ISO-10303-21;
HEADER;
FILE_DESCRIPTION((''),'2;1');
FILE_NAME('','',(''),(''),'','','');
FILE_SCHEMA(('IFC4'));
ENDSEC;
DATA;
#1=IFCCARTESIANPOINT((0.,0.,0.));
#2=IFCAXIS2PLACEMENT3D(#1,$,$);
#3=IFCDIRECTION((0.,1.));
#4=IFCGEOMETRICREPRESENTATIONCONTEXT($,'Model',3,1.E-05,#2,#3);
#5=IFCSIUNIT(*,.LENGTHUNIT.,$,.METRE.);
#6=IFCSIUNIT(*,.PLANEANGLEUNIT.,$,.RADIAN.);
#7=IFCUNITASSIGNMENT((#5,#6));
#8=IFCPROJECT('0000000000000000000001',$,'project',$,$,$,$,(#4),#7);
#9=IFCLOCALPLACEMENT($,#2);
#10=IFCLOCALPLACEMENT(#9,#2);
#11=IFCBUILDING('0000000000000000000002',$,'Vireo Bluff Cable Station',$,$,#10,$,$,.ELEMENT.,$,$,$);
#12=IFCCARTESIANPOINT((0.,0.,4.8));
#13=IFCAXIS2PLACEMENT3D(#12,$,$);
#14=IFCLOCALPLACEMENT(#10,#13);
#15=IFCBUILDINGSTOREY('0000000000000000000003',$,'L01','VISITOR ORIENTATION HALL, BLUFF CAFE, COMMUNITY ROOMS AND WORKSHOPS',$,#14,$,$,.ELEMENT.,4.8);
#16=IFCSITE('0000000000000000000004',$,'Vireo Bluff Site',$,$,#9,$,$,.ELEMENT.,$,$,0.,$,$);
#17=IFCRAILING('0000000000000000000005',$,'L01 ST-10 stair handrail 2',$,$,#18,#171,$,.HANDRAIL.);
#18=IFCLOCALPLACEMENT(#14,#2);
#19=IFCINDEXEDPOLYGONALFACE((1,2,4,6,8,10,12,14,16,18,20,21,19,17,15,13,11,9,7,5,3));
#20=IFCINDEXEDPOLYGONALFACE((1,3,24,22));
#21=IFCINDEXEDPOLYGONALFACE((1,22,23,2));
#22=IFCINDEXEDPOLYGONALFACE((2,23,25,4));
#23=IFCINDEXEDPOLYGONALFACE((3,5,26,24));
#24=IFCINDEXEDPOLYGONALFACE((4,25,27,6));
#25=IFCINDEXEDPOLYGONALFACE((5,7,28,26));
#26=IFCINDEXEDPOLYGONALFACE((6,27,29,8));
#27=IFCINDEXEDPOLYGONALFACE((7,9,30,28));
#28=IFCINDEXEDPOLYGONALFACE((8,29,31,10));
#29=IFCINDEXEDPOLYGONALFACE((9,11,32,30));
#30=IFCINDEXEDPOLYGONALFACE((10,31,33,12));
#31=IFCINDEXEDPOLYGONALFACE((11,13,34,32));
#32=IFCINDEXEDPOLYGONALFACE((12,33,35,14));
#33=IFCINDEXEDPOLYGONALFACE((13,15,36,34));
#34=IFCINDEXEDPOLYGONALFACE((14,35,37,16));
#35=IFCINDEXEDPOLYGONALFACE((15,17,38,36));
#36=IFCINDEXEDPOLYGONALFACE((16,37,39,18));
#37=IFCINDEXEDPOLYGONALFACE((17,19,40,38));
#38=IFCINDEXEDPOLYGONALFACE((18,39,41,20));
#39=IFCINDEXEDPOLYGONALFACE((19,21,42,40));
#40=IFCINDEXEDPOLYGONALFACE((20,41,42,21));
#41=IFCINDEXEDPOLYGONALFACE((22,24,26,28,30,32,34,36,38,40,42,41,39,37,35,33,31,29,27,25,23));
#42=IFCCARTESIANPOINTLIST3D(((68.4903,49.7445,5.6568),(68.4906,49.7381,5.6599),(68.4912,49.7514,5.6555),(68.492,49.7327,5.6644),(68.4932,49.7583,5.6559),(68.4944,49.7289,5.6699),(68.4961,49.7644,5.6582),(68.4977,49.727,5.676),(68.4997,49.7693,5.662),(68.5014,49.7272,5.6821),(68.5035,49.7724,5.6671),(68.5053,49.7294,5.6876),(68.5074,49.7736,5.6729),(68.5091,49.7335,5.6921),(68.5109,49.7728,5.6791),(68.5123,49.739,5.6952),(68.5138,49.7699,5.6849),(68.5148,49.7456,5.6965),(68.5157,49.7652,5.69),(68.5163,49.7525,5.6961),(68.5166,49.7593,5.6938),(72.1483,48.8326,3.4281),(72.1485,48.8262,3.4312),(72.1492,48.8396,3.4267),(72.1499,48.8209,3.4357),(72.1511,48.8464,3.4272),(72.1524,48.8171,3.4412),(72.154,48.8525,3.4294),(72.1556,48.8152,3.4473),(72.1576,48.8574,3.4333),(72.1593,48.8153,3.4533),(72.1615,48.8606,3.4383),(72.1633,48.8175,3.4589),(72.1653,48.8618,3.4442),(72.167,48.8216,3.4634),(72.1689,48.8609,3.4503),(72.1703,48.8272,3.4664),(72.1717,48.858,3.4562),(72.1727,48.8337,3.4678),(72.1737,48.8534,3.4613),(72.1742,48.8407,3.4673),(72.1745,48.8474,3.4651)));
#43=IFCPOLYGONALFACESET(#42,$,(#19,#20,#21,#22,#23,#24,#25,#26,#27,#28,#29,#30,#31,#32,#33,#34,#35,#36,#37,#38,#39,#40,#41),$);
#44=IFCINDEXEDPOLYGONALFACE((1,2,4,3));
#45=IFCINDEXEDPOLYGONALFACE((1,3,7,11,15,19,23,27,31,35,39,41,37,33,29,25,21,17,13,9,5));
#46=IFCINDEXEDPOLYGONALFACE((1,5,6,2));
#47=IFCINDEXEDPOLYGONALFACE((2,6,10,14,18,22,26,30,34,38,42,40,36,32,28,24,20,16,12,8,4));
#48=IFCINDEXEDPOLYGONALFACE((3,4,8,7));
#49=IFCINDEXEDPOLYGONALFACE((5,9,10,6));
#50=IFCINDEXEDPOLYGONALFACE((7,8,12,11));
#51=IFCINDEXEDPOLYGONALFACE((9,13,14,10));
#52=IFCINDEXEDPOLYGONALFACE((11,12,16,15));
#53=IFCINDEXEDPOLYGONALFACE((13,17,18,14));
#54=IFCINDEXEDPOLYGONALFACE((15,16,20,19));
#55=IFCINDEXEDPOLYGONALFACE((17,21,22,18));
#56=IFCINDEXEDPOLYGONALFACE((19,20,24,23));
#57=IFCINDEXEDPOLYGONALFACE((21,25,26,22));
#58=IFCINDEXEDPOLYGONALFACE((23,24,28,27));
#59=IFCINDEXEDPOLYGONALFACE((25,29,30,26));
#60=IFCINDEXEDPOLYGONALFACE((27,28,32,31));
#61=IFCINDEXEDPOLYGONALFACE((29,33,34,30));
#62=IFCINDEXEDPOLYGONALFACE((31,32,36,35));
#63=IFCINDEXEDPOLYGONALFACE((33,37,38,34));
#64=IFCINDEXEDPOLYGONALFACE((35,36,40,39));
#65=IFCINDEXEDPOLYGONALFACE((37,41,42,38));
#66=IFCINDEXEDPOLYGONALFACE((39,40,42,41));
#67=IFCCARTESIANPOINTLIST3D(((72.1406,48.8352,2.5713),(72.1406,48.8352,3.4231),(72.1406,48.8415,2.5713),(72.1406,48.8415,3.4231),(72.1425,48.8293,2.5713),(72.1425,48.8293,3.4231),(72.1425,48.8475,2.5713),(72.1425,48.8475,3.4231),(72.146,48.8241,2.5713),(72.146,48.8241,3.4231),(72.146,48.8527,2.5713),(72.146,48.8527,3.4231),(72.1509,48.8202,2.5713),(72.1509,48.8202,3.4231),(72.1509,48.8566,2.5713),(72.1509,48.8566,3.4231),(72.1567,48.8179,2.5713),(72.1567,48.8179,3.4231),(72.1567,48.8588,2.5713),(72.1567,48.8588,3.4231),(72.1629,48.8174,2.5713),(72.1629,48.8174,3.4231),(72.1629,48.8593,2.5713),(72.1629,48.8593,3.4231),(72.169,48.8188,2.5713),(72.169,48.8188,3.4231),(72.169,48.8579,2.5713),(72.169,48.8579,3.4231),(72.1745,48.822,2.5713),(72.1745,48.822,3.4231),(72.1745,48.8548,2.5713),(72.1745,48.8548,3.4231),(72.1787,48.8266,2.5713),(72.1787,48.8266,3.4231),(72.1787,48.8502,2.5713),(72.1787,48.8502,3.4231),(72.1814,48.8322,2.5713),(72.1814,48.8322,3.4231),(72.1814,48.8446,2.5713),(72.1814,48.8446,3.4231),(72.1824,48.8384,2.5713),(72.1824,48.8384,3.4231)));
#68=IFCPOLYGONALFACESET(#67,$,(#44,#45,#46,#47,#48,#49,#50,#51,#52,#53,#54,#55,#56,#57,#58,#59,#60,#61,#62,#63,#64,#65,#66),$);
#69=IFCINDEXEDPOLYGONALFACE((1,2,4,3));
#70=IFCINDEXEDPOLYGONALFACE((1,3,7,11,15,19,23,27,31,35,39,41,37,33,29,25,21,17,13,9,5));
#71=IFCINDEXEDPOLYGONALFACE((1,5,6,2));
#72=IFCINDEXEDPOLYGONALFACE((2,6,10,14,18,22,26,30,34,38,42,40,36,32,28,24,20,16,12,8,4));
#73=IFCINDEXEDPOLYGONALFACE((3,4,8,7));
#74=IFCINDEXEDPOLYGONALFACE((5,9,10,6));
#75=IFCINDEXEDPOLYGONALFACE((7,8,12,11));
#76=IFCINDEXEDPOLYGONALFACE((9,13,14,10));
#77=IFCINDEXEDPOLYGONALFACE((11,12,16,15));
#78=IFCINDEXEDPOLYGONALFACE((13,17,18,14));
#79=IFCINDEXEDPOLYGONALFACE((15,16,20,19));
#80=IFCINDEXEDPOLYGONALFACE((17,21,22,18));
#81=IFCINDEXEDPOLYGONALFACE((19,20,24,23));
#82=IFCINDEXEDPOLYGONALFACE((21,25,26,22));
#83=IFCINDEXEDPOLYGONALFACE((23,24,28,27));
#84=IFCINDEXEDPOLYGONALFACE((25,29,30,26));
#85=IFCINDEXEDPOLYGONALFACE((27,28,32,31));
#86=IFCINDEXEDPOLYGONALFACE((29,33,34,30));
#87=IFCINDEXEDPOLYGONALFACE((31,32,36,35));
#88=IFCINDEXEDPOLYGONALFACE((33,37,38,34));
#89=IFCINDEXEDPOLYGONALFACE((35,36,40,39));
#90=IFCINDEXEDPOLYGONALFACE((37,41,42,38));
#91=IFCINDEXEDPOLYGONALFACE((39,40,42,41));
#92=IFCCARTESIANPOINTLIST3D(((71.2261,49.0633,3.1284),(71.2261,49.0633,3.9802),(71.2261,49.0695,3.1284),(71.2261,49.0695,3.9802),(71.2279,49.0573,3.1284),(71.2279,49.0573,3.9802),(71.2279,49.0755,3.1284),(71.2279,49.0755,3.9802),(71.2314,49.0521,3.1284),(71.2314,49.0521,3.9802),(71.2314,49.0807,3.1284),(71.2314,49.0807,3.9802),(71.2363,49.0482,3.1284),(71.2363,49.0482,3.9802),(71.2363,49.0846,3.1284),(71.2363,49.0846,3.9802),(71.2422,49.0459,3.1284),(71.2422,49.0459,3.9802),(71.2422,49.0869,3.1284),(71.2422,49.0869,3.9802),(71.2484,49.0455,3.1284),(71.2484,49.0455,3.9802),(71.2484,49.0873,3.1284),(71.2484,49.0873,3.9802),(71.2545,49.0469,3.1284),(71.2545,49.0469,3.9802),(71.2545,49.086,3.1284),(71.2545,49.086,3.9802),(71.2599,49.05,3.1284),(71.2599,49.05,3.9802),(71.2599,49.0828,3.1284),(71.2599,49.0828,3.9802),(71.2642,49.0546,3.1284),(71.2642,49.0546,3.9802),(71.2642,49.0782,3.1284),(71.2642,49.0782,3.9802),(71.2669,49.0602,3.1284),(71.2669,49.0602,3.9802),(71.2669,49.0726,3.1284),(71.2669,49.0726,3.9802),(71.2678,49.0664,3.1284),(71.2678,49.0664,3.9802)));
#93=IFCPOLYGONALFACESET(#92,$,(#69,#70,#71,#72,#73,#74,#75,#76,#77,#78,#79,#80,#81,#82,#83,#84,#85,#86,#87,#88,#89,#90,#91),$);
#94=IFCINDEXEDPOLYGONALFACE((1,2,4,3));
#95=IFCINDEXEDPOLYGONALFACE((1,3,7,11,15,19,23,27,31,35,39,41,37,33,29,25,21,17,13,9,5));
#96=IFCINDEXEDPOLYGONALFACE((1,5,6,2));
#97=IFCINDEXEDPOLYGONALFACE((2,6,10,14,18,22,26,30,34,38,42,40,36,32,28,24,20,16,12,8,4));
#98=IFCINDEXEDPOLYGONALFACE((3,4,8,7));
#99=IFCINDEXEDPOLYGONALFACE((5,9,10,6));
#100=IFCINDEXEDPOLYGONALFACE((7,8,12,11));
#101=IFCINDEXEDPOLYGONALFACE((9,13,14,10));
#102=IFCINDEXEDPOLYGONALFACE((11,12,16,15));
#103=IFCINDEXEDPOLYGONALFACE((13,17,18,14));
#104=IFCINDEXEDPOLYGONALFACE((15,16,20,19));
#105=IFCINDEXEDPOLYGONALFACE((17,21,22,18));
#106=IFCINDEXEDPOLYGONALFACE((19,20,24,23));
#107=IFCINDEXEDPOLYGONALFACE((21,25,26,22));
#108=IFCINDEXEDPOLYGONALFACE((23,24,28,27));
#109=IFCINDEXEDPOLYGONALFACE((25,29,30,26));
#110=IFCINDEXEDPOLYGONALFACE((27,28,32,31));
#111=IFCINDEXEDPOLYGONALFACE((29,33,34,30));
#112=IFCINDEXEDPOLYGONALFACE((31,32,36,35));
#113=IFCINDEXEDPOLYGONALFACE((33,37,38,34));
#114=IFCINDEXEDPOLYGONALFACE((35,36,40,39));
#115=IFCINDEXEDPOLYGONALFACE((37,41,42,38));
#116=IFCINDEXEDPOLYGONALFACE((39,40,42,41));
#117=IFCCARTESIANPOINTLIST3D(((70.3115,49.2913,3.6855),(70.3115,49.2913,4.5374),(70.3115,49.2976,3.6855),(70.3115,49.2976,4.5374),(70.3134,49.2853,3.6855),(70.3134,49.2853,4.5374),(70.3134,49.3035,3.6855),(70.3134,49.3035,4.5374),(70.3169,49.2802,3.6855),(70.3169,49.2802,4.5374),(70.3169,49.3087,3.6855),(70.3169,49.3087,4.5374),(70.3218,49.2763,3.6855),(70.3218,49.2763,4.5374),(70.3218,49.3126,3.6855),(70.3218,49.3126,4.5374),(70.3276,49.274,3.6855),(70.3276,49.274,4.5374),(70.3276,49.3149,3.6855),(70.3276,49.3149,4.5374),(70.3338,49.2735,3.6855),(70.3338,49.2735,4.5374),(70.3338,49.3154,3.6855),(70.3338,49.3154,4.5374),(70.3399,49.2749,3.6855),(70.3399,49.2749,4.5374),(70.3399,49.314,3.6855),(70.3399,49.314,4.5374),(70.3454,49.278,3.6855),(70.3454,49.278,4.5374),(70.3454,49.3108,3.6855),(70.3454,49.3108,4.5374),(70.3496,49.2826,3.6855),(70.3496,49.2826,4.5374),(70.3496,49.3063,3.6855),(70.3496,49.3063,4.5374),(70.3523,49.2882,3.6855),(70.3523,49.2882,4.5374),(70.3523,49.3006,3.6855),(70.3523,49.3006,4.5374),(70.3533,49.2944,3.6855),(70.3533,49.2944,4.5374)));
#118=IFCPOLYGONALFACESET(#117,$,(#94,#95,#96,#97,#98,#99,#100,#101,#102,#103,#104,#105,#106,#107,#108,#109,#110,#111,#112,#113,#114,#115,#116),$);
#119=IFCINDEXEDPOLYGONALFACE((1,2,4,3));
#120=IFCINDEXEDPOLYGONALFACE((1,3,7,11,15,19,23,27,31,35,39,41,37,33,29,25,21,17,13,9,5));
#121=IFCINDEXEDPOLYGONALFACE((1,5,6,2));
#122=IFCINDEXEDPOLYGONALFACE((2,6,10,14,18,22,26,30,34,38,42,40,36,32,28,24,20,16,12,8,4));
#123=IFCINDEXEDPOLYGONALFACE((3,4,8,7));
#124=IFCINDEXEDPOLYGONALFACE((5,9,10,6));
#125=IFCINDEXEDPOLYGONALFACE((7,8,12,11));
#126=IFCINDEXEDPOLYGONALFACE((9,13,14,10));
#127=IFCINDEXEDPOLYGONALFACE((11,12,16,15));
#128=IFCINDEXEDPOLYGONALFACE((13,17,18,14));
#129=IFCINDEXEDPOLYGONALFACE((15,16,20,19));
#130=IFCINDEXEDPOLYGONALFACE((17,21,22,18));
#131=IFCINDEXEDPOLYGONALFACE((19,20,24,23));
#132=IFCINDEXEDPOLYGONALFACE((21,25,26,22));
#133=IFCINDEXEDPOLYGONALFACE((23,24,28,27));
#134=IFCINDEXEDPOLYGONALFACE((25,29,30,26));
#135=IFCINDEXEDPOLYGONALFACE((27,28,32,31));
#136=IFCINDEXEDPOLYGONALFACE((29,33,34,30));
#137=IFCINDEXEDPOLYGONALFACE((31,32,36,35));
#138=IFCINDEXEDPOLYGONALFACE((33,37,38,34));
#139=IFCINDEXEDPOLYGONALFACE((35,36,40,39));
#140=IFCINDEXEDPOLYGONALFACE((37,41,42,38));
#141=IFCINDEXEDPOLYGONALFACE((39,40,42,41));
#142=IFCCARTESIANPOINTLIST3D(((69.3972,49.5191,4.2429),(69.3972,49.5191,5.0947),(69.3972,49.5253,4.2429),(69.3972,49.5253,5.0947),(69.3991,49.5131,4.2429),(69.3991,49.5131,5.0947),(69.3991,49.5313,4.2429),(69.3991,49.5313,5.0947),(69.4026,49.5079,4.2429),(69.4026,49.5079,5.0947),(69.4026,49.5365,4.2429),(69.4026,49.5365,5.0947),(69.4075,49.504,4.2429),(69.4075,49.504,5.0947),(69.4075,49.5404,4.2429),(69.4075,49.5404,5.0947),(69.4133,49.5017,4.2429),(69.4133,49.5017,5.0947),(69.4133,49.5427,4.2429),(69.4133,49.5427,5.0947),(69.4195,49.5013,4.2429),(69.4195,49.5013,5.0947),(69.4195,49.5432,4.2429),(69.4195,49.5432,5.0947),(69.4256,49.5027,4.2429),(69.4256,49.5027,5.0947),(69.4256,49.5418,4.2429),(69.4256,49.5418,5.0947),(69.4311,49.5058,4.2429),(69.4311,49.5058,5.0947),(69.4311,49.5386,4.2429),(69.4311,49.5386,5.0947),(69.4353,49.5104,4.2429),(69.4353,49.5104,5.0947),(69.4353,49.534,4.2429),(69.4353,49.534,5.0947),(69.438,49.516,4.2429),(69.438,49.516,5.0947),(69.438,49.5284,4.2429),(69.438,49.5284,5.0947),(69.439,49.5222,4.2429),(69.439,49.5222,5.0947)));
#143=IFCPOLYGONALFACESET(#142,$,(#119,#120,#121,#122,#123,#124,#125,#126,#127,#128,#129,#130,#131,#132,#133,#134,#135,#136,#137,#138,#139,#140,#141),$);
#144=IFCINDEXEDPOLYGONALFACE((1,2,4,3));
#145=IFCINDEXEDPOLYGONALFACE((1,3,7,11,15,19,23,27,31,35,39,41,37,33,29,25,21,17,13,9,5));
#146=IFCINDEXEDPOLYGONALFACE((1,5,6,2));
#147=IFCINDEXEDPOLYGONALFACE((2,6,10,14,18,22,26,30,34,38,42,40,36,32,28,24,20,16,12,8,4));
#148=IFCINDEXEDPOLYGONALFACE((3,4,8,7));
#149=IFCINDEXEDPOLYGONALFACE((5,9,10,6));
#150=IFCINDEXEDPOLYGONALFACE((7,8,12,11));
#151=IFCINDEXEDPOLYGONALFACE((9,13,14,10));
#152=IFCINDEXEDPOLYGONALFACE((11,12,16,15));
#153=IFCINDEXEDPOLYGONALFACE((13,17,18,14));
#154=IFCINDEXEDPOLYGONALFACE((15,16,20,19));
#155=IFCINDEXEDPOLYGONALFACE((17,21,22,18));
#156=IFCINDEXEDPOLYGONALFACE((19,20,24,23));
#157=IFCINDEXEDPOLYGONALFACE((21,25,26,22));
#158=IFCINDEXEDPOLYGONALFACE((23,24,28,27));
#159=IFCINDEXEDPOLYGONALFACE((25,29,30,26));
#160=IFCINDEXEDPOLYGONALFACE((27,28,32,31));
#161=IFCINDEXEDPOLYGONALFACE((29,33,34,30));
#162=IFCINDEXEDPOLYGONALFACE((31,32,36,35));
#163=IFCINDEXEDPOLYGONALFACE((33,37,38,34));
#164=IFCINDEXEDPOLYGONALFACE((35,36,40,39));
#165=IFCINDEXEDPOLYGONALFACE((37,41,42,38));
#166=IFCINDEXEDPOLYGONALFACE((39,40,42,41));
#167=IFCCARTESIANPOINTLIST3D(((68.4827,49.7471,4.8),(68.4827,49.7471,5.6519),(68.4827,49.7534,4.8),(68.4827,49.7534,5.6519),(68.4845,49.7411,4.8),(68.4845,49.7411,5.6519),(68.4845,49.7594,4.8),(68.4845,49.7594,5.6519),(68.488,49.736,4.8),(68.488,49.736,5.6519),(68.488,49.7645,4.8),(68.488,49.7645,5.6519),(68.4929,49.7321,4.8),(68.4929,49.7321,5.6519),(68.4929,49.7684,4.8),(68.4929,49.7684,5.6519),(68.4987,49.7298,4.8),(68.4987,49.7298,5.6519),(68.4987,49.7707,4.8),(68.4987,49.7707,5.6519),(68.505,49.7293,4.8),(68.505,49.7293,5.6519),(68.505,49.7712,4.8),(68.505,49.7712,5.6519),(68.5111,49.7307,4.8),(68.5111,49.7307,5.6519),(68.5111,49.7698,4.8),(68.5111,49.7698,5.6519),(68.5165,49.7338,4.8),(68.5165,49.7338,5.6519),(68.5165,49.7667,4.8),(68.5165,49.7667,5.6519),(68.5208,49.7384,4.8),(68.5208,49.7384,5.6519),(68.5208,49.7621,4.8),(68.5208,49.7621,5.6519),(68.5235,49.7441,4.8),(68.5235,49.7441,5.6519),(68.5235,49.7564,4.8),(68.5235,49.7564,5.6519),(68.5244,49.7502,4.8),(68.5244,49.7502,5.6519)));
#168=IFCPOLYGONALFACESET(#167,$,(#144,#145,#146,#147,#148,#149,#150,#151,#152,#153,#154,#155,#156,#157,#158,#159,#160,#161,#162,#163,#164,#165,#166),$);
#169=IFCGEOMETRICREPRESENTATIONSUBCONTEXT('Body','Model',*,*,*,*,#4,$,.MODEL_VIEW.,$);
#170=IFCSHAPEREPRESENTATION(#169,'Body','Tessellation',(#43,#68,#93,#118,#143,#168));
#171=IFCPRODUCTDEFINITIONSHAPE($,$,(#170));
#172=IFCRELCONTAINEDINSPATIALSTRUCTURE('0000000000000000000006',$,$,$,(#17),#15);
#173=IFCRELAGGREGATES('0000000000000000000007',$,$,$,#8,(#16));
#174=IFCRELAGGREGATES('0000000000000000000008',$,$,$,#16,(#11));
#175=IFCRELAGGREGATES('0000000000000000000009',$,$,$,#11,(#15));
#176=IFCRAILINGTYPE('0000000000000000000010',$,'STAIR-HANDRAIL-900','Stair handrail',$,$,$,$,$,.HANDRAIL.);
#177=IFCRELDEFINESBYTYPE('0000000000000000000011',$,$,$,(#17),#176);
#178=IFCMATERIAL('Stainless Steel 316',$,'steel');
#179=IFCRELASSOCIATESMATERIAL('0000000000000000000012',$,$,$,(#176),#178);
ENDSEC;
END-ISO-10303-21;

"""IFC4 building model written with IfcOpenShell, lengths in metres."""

from ifc_helpers import new_model, si_unit, direction, frame, origin, origin_2d, place, context, subcontext, project, spatial, circle, extrude, material, type_object, element, save


model = new_model("IFC4")

# Units and contexts
model_context = context("Model", 3, precision=1e-05, world=origin(), true_north=direction((0.0, 1.0)))
body_context = subcontext(model_context, "Body", "Model", "MODEL_VIEW")
ifc_project = project(units=[si_unit("LENGTHUNIT", "METRE"), si_unit("PLANEANGLEUNIT", "RADIAN")], contexts=[model_context])

# Site, building, storey
site_placement = place(None, origin())
site = spatial("IfcSite", under=ifc_project, at=site_placement, Name="Vireo Bluff Site", CompositionType="ELEMENT", RefElevation=0.0)
building_placement = place(site_placement, origin())
building = spatial("IfcBuilding", under=site, at=building_placement, Name="Vireo Bluff Cable Station", CompositionType="ELEMENT")
storey_placement = place(building_placement, frame((0.0, 0.0, 4.8)))
storey = spatial("IfcBuildingStorey", under=building, at=storey_placement, Name="L01", Description="VISITOR ORIENTATION HALL, BLUFF CAFE, COMMUNITY ROOMS AND WORKSHOPS", CompositionType="ELEMENT", Elevation=4.8)

# Railing
ifc_material_1 = material(Name="Stainless Steel 316", Category="steel")
railing_type_1 = type_object("IfcRailingType", Name="STAIR-HANDRAIL-900", Description="Stair handrail", PredefinedType="HANDRAIL", material=ifc_material_1)
railing_1_placement = place(storey_placement, frame((72.1614, 48.8384, 2.5713)))
element("IfcRailing", 1, at=railing_1_placement, inside=storey, type_object=railing_type_1, Name="L01 ST-10 stair handrail 2", PredefinedType="HANDRAIL", context=body_context, shape_type="SweptSolid", body=[
    extrude(circle(Radius=0.0239, at=origin_2d()), frame((0.0, 0.0, 0.876), z_axis=(-0.835256, 0.208215, 0.508914), x_axis=(-0.24188, -0.970306, 0.0)), (0.0, 0.0, 1.0), 4.3794),
    extrude(circle(Radius=0.021, at=origin_2d()), origin(), (0.0, 0.0, 1.0), 0.8518),
    extrude(circle(Radius=0.021, at=origin_2d()), frame((-0.9146, 0.228, 0.5571)), (0.0, 0.0, 1.0), 0.8518),
    extrude(circle(Radius=0.021, at=origin_2d()), frame((-1.8291, 0.4561, 1.1143)), (0.0, 0.0, 1.0), 0.8518),
    extrude(circle(Radius=0.021, at=origin_2d()), frame((-2.7434, 0.6838, 1.6716)), (0.0, 0.0, 1.0), 0.8518),
    extrude(circle(Radius=0.021, at=origin_2d()), frame((-3.658, 0.9119, 2.2288)), (0.0, 0.0, 1.0), 0.8518),
])

save(model, "model.ifc")
